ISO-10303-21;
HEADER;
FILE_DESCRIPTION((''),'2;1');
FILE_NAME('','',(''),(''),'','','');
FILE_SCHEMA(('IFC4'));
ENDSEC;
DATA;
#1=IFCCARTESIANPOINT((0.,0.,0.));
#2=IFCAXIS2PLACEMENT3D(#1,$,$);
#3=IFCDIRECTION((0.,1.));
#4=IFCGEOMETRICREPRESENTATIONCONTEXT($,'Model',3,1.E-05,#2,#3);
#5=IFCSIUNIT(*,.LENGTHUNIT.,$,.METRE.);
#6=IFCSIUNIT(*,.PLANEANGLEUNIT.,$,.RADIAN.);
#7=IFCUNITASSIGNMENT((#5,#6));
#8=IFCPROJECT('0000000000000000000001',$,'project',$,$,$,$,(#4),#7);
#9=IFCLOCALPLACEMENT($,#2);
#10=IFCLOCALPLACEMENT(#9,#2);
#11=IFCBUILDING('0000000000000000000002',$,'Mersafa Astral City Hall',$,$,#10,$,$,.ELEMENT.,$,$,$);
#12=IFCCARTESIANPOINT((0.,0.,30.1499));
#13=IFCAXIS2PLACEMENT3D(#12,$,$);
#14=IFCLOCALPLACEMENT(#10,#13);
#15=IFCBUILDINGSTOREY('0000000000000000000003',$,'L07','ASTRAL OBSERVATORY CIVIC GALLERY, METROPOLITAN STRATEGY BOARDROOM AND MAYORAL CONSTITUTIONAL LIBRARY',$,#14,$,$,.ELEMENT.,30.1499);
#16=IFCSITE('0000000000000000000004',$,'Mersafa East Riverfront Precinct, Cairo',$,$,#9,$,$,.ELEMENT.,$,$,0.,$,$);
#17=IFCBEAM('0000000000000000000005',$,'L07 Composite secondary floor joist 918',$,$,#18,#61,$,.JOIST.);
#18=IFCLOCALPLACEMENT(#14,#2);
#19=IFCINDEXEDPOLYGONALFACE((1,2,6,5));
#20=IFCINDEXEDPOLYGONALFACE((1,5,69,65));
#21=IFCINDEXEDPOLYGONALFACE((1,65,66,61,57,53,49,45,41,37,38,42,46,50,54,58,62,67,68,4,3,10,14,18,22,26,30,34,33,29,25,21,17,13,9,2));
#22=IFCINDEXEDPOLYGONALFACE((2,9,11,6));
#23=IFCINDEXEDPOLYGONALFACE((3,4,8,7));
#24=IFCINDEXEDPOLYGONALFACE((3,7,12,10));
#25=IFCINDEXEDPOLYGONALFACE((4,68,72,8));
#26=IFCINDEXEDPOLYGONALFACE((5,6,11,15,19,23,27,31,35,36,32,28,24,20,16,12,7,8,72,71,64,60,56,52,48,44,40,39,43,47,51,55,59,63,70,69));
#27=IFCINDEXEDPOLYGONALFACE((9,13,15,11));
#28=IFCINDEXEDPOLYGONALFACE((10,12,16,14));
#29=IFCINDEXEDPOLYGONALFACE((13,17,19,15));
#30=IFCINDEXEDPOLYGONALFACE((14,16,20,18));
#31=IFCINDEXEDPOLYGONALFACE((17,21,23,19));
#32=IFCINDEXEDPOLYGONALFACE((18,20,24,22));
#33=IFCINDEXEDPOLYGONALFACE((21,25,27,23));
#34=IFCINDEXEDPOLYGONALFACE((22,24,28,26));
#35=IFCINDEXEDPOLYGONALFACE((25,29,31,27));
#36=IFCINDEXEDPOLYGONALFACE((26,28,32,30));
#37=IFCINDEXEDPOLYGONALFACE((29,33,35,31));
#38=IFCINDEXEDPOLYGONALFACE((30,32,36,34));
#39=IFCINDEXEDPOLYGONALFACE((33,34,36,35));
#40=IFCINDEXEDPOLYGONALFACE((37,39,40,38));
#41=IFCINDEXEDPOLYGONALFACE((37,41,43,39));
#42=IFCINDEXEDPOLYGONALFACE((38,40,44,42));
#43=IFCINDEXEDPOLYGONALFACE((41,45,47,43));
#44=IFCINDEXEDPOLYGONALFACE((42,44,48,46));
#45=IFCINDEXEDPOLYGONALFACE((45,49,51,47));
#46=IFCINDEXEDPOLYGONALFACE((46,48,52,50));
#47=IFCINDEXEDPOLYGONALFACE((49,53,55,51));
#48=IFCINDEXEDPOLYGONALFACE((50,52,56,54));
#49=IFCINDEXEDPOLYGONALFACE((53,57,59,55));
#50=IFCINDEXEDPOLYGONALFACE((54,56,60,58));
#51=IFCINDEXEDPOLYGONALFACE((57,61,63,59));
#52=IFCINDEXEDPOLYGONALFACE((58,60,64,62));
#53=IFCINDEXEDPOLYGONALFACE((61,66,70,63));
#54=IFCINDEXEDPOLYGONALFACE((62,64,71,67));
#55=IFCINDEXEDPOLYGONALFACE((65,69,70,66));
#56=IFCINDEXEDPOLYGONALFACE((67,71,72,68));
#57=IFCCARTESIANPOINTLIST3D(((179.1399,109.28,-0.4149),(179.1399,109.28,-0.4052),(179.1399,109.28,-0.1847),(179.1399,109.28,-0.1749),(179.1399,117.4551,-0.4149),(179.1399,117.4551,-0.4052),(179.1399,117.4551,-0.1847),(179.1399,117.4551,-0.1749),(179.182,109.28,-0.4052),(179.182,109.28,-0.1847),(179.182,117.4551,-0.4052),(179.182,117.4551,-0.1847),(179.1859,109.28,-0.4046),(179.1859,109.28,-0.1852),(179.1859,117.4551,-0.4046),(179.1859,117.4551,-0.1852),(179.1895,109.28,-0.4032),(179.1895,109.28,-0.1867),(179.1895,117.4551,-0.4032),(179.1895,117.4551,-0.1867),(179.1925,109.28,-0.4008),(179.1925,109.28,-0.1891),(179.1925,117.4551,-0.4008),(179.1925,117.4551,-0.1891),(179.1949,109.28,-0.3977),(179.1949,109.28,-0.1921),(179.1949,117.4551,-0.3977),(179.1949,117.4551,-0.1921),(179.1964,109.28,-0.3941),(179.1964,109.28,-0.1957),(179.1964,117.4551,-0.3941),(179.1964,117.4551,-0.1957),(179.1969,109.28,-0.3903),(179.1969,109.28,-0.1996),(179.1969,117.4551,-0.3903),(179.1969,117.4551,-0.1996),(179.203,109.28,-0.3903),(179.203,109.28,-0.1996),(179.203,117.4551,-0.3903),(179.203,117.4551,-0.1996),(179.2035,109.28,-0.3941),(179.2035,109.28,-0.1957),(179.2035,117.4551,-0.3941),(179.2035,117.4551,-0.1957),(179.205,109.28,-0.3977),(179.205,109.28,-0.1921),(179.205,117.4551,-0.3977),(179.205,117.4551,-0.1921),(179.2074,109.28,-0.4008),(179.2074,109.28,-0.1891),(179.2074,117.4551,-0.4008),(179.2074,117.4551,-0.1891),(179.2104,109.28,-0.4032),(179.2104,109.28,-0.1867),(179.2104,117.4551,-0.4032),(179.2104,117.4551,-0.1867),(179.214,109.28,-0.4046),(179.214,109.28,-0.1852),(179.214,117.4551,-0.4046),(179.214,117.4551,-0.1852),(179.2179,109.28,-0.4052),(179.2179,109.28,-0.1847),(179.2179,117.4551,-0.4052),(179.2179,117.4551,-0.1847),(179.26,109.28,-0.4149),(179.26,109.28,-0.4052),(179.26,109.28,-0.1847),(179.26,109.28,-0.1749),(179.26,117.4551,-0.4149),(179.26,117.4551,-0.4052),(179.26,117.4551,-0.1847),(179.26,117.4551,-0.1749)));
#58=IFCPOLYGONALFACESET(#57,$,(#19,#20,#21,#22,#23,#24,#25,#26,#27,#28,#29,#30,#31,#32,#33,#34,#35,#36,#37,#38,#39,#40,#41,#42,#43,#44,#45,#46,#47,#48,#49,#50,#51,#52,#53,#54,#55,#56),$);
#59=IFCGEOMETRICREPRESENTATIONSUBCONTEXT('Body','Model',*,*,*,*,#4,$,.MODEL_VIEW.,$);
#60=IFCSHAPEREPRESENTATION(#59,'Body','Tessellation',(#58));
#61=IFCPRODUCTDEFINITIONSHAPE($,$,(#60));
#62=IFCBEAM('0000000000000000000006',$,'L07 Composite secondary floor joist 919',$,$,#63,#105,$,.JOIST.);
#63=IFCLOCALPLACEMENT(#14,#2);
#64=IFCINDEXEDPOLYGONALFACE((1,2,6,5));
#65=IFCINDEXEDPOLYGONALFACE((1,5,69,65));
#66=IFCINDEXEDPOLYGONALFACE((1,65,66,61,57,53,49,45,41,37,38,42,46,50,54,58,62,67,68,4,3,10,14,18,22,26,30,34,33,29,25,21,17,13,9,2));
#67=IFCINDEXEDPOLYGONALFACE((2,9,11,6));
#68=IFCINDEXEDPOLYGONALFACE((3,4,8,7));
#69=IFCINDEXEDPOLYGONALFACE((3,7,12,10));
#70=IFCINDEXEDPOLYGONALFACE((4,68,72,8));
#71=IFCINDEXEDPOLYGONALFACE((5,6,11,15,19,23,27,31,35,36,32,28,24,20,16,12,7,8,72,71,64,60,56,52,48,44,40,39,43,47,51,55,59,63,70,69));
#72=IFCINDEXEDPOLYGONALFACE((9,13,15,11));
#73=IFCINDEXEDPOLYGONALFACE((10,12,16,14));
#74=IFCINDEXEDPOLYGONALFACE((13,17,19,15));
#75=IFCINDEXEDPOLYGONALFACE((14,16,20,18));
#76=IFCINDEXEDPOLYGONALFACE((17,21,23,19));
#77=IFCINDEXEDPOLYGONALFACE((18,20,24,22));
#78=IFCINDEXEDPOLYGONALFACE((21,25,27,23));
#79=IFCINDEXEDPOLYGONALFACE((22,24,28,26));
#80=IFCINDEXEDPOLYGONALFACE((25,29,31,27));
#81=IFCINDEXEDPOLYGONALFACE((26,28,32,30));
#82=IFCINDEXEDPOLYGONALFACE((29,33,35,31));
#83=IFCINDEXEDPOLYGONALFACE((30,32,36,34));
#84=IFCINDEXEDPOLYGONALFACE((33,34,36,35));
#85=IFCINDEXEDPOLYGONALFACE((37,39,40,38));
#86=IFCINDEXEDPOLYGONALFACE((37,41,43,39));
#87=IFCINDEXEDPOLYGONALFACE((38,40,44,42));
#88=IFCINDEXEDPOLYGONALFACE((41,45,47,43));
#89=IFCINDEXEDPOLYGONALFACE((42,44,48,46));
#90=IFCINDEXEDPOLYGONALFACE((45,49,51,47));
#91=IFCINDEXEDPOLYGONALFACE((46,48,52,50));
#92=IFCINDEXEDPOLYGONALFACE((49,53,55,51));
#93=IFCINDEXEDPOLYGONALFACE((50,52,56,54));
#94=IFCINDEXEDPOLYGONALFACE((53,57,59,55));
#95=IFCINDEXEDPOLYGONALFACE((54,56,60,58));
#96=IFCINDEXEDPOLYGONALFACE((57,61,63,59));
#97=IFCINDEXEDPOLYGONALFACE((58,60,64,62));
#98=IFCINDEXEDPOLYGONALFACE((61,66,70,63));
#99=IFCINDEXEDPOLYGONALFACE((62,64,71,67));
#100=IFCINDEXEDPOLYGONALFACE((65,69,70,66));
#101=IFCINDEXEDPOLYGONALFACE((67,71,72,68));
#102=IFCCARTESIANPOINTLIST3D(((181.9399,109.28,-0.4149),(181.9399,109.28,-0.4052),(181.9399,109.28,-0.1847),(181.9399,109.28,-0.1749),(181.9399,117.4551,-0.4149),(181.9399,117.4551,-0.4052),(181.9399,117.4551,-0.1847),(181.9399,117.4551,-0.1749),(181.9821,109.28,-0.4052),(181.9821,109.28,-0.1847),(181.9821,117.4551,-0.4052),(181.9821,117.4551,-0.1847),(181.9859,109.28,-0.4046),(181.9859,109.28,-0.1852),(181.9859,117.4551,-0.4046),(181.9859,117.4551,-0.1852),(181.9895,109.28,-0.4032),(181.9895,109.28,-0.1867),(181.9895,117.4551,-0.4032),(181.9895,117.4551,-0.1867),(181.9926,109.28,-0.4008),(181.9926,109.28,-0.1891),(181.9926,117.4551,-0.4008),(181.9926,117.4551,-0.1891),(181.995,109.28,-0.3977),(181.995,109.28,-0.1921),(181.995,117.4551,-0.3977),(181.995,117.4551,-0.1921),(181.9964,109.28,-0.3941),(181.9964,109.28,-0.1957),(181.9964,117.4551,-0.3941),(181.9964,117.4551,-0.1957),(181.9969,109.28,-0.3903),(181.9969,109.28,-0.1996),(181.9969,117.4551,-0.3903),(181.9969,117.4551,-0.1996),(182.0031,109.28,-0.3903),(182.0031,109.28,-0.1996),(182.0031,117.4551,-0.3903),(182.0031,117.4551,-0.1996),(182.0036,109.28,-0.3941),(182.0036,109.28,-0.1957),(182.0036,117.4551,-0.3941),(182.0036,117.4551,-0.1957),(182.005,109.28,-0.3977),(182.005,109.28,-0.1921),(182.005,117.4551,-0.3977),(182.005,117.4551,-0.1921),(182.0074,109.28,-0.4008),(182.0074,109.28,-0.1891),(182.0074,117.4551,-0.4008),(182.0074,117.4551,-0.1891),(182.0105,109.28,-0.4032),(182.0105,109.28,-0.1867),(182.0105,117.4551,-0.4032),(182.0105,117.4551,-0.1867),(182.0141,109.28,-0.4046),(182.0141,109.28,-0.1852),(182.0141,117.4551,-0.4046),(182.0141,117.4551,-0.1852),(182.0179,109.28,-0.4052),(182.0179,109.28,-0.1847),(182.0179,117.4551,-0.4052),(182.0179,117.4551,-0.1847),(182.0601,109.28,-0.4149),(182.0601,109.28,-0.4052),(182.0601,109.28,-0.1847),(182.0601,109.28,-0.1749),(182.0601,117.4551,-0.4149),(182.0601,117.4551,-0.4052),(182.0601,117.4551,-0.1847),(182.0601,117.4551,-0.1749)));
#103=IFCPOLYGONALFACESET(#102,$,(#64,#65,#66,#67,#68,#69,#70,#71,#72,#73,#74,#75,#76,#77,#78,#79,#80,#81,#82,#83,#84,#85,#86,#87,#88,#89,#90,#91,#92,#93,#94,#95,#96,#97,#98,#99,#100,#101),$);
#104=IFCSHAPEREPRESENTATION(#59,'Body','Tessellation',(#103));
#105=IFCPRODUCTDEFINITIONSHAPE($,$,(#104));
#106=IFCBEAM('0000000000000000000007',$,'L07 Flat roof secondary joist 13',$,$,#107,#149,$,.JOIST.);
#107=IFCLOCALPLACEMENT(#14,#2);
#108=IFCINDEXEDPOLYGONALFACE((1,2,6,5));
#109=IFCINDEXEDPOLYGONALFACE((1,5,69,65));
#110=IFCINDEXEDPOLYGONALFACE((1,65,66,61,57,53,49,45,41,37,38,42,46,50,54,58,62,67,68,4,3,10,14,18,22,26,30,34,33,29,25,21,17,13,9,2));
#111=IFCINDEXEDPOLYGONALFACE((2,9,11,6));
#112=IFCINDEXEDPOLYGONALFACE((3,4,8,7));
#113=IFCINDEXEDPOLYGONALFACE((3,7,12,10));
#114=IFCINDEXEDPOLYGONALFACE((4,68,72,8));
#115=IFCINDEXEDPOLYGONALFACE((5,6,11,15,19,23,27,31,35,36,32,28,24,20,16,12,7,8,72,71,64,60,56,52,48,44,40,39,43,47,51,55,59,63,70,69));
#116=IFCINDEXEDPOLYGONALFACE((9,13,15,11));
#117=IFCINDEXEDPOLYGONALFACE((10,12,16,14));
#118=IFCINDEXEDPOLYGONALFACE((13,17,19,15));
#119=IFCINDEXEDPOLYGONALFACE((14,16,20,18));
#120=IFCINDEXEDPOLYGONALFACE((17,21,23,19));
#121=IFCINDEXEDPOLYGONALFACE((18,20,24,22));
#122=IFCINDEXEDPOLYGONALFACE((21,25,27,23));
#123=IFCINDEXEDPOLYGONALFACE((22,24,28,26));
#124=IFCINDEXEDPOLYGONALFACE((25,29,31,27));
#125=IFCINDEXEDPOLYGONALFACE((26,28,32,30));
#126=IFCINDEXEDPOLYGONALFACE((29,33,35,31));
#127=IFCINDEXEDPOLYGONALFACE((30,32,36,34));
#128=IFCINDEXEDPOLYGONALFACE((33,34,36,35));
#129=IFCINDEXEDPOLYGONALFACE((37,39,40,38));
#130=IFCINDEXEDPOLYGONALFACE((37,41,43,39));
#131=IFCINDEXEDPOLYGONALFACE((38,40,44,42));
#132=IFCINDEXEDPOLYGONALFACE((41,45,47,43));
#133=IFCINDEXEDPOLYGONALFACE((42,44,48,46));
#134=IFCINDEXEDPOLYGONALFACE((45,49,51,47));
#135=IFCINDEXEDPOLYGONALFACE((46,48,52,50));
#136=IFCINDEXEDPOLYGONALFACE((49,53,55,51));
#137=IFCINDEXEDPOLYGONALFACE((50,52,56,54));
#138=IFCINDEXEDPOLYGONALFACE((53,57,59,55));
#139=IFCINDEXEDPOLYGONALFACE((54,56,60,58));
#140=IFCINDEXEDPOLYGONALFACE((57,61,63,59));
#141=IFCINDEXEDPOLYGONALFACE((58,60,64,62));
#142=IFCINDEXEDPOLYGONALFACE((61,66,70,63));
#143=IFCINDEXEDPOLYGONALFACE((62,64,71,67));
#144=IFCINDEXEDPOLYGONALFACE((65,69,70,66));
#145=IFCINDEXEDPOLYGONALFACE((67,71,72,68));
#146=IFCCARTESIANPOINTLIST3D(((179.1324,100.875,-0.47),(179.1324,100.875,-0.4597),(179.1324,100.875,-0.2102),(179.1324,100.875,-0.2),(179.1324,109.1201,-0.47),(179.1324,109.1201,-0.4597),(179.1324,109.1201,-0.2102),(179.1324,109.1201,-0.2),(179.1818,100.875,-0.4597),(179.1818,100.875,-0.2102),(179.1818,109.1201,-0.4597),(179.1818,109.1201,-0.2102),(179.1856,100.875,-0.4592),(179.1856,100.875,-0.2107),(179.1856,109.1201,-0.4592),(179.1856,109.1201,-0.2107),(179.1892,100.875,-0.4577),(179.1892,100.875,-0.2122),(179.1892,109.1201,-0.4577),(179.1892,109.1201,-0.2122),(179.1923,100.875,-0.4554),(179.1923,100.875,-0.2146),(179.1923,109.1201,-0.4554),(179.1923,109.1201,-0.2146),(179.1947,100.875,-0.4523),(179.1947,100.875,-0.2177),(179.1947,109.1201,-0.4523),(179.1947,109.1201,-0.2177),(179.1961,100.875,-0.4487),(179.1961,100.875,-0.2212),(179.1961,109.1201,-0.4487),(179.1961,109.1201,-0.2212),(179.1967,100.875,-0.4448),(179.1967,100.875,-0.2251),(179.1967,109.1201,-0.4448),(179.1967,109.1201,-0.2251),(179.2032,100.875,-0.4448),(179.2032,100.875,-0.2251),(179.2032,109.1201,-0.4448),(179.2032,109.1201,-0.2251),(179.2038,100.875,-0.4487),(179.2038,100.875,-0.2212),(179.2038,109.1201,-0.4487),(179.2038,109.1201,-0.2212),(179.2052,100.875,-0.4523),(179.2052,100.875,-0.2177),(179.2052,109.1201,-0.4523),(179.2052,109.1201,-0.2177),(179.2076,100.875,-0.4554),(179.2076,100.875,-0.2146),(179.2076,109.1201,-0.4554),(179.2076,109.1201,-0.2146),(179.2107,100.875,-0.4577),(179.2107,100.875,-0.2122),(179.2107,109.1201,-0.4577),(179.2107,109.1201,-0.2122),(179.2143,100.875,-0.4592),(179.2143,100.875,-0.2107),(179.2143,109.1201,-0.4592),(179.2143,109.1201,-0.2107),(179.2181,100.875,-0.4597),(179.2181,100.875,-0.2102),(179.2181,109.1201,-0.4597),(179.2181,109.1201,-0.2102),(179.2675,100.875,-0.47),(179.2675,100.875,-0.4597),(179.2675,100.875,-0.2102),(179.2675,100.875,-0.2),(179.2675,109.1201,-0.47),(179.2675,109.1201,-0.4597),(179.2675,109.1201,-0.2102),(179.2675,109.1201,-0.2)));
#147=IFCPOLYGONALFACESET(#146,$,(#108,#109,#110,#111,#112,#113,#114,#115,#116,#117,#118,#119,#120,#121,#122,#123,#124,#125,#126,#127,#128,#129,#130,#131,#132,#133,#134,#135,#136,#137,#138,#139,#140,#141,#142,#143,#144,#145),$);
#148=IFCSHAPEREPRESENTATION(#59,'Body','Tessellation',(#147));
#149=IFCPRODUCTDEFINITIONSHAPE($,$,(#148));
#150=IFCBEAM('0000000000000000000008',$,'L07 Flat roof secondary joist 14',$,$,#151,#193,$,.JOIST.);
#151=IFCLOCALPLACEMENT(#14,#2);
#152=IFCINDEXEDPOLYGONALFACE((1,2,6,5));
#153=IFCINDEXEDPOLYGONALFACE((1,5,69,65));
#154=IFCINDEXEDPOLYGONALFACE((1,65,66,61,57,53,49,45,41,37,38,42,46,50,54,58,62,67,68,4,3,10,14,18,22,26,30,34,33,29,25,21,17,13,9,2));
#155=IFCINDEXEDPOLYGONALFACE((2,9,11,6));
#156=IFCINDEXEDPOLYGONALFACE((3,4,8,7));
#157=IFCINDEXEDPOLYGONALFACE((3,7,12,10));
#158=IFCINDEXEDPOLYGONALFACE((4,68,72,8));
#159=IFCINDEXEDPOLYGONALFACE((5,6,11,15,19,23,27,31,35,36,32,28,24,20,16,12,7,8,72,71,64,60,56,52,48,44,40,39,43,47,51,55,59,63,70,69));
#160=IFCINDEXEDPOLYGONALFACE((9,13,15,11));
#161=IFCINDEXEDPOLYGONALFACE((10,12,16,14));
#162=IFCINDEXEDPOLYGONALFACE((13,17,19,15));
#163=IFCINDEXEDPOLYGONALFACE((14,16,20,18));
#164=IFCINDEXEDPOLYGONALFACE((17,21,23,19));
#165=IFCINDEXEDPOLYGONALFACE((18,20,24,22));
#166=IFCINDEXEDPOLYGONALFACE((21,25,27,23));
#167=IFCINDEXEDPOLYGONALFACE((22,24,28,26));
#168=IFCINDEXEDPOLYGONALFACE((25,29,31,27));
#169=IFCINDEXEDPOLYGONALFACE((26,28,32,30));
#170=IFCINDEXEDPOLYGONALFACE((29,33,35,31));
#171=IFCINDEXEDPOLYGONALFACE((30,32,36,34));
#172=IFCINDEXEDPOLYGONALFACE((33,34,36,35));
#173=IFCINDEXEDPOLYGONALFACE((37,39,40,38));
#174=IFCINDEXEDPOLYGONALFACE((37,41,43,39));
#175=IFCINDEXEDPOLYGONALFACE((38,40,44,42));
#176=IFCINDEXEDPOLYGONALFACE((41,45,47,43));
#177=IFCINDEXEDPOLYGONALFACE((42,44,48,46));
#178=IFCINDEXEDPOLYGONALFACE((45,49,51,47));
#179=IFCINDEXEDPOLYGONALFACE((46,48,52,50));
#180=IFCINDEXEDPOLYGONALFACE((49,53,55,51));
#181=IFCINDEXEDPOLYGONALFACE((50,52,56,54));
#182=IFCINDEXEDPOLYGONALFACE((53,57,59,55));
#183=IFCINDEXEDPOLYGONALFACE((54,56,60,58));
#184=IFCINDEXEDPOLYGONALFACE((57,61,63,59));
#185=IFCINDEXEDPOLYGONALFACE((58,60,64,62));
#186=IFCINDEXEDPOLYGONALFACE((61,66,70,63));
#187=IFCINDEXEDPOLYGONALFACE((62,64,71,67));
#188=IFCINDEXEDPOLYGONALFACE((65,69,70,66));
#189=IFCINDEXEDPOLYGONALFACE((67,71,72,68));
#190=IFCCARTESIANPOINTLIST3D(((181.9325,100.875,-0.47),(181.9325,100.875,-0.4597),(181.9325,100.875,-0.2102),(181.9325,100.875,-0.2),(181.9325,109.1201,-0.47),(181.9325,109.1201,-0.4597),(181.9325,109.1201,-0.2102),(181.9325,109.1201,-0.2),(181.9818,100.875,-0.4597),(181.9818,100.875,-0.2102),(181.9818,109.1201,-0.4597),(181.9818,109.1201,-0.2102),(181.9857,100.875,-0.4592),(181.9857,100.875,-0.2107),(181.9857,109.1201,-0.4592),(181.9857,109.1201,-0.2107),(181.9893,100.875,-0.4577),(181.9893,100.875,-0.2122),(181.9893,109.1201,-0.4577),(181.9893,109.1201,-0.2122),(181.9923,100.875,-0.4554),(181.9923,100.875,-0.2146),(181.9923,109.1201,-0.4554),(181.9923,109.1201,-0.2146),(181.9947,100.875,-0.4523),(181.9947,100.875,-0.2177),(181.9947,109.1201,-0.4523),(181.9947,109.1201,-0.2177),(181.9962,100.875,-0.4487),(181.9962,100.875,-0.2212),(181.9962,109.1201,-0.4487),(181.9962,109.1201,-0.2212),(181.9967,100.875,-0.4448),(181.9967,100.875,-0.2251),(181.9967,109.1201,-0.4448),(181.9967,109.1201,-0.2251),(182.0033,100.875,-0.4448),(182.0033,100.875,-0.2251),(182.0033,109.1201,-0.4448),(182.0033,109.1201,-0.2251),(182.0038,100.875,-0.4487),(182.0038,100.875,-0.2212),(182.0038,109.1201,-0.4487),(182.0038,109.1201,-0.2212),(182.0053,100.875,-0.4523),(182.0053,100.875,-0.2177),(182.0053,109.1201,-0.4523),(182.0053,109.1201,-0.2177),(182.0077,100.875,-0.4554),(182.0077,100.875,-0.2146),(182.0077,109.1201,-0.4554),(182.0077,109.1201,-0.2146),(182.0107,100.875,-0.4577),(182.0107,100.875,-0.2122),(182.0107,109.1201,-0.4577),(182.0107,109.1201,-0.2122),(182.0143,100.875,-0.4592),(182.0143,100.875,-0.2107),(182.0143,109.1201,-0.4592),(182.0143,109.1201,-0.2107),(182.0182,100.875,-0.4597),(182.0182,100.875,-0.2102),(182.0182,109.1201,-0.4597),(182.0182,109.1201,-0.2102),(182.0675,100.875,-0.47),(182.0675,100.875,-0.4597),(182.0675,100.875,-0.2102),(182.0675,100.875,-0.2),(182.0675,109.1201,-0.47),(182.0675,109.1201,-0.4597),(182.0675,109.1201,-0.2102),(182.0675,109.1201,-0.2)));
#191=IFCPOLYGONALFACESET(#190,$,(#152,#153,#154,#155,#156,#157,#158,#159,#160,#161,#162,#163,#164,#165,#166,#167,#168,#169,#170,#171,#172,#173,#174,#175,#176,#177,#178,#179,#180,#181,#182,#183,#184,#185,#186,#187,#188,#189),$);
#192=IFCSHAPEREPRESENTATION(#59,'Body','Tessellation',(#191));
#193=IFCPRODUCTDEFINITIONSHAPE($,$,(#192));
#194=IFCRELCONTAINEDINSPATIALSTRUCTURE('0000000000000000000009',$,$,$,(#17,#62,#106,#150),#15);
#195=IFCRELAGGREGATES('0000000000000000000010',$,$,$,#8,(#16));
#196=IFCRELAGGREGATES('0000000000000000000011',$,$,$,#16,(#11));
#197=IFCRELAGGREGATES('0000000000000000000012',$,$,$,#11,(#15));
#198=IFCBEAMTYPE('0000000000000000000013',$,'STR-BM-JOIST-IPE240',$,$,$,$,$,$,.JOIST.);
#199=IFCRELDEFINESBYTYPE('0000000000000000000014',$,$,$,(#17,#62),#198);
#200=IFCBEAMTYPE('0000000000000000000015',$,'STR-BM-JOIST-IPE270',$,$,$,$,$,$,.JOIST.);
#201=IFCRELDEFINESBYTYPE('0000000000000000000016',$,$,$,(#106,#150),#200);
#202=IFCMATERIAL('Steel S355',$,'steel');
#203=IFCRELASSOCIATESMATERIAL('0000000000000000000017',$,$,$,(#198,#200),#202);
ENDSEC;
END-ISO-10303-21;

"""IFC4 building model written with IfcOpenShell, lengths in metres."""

from ifc_helpers import new_model, si_unit, direction, frame, origin, origin_2d, place, context, subcontext, project, spatial, i_section, extrude, material, material_profile, profile_set, type_object, element, save


model = new_model("IFC4")

# Units and contexts
model_context = context("Model", 3, precision=1e-05, world=origin(), true_north=direction((0.0, 1.0)))
body_context = subcontext(model_context, "Body", "Model", "MODEL_VIEW")
ifc_project = project(units=[si_unit("LENGTHUNIT", "METRE"), si_unit("PLANEANGLEUNIT", "RADIAN")], contexts=[model_context])

# Site, building, storey
site_placement = place(None, origin())
site = spatial("IfcSite", under=ifc_project, at=site_placement, Name="Mersafa East Riverfront Precinct, Cairo", CompositionType="ELEMENT", RefElevation=0.0)
building_placement = place(site_placement, origin())
building = spatial("IfcBuilding", under=site, at=building_placement, Name="Mersafa Astral City Hall", CompositionType="ELEMENT")
storey_placement = place(building_placement, frame((0.0, 0.0, 30.1499)))
storey = spatial("IfcBuildingStorey", under=building, at=storey_placement, Name="L07", Description="ASTRAL OBSERVATORY CIVIC GALLERY, METROPOLITAN STRATEGY BOARDROOM AND MAYORAL CONSTITUTIONAL LIBRARY", CompositionType="ELEMENT", Elevation=30.1499)

# Shared definitions
ifc_material_1 = material(Name="Steel S355", Category="steel")

# Beams
ifc_material_profile_1 = material_profile(ifc_material_1, i_section(OverallWidth=0.1201, OverallDepth=0.24, WebThickness=0.0061, FlangeThickness=0.0098, FilletRadius=0.0149, at=origin_2d()), Name="IPE 240")
ifc_profile_set_1 = profile_set([ifc_material_profile_1], Name="Steel S355")
beam_type_1 = type_object("IfcBeamType", Name="STR-BM-JOIST-IPE240", PredefinedType="JOIST", material=ifc_profile_set_1)
for number, where, z_axis, x_axis, name in (
    (1, (179.2, 109.28, -0.2949), (0.0, 1.0, 0.0), (-1.0, 0.0, 0.0), "L07 Composite secondary floor joist 918"),
    (2, (182.0, 109.28, -0.2949), (0.0, 1.0, 0.0), (-1.0, 0.0, 0.0), "L07 Composite secondary floor joist 919"),
):
    element("IfcBeam", number, at=place(storey_placement, frame(where, z_axis=z_axis, x_axis=x_axis)), inside=storey, type_object=beam_type_1, Name=name, PredefinedType="JOIST", context=body_context, shape_type="SweptSolid", body=[
        extrude(i_section(OverallWidth=0.1201, OverallDepth=0.24, WebThickness=0.0061, FlangeThickness=0.0098, FilletRadius=0.0149, at=origin_2d()), origin(), (0.0, 0.0, 1.0), 8.175),
    ])
ifc_material_profile_2 = material_profile(ifc_material_1, i_section(OverallWidth=0.135, OverallDepth=0.27, WebThickness=0.0066, FlangeThickness=0.0103, FilletRadius=0.0149, at=origin_2d()), Name="IPE 270")
ifc_profile_set_2 = profile_set([ifc_material_profile_2], Name="Steel S355")
beam_type_2 = type_object("IfcBeamType", Name="STR-BM-JOIST-IPE270", PredefinedType="JOIST", material=ifc_profile_set_2)
for number, where, z_axis, x_axis, name in (
    (3, (179.2, 100.875, -0.335), (0.0, 1.0, 0.0), (-1.0, 0.0, 0.0), "L07 Flat roof secondary joist 13"),
    (4, (182.0, 100.875, -0.335), (0.0, 1.0, 0.0), (-1.0, 0.0, 0.0), "L07 Flat roof secondary joist 14"),
):
    element("IfcBeam", number, at=place(storey_placement, frame(where, z_axis=z_axis, x_axis=x_axis)), inside=storey, type_object=beam_type_2, Name=name, PredefinedType="JOIST", context=body_context, shape_type="SweptSolid", body=[
        extrude(i_section(OverallWidth=0.135, OverallDepth=0.27, WebThickness=0.0066, FlangeThickness=0.0103, FilletRadius=0.0149, at=origin_2d()), origin(), (0.0, 0.0, 1.0), 8.2451),
    ])

save(model, "model.ifc")
